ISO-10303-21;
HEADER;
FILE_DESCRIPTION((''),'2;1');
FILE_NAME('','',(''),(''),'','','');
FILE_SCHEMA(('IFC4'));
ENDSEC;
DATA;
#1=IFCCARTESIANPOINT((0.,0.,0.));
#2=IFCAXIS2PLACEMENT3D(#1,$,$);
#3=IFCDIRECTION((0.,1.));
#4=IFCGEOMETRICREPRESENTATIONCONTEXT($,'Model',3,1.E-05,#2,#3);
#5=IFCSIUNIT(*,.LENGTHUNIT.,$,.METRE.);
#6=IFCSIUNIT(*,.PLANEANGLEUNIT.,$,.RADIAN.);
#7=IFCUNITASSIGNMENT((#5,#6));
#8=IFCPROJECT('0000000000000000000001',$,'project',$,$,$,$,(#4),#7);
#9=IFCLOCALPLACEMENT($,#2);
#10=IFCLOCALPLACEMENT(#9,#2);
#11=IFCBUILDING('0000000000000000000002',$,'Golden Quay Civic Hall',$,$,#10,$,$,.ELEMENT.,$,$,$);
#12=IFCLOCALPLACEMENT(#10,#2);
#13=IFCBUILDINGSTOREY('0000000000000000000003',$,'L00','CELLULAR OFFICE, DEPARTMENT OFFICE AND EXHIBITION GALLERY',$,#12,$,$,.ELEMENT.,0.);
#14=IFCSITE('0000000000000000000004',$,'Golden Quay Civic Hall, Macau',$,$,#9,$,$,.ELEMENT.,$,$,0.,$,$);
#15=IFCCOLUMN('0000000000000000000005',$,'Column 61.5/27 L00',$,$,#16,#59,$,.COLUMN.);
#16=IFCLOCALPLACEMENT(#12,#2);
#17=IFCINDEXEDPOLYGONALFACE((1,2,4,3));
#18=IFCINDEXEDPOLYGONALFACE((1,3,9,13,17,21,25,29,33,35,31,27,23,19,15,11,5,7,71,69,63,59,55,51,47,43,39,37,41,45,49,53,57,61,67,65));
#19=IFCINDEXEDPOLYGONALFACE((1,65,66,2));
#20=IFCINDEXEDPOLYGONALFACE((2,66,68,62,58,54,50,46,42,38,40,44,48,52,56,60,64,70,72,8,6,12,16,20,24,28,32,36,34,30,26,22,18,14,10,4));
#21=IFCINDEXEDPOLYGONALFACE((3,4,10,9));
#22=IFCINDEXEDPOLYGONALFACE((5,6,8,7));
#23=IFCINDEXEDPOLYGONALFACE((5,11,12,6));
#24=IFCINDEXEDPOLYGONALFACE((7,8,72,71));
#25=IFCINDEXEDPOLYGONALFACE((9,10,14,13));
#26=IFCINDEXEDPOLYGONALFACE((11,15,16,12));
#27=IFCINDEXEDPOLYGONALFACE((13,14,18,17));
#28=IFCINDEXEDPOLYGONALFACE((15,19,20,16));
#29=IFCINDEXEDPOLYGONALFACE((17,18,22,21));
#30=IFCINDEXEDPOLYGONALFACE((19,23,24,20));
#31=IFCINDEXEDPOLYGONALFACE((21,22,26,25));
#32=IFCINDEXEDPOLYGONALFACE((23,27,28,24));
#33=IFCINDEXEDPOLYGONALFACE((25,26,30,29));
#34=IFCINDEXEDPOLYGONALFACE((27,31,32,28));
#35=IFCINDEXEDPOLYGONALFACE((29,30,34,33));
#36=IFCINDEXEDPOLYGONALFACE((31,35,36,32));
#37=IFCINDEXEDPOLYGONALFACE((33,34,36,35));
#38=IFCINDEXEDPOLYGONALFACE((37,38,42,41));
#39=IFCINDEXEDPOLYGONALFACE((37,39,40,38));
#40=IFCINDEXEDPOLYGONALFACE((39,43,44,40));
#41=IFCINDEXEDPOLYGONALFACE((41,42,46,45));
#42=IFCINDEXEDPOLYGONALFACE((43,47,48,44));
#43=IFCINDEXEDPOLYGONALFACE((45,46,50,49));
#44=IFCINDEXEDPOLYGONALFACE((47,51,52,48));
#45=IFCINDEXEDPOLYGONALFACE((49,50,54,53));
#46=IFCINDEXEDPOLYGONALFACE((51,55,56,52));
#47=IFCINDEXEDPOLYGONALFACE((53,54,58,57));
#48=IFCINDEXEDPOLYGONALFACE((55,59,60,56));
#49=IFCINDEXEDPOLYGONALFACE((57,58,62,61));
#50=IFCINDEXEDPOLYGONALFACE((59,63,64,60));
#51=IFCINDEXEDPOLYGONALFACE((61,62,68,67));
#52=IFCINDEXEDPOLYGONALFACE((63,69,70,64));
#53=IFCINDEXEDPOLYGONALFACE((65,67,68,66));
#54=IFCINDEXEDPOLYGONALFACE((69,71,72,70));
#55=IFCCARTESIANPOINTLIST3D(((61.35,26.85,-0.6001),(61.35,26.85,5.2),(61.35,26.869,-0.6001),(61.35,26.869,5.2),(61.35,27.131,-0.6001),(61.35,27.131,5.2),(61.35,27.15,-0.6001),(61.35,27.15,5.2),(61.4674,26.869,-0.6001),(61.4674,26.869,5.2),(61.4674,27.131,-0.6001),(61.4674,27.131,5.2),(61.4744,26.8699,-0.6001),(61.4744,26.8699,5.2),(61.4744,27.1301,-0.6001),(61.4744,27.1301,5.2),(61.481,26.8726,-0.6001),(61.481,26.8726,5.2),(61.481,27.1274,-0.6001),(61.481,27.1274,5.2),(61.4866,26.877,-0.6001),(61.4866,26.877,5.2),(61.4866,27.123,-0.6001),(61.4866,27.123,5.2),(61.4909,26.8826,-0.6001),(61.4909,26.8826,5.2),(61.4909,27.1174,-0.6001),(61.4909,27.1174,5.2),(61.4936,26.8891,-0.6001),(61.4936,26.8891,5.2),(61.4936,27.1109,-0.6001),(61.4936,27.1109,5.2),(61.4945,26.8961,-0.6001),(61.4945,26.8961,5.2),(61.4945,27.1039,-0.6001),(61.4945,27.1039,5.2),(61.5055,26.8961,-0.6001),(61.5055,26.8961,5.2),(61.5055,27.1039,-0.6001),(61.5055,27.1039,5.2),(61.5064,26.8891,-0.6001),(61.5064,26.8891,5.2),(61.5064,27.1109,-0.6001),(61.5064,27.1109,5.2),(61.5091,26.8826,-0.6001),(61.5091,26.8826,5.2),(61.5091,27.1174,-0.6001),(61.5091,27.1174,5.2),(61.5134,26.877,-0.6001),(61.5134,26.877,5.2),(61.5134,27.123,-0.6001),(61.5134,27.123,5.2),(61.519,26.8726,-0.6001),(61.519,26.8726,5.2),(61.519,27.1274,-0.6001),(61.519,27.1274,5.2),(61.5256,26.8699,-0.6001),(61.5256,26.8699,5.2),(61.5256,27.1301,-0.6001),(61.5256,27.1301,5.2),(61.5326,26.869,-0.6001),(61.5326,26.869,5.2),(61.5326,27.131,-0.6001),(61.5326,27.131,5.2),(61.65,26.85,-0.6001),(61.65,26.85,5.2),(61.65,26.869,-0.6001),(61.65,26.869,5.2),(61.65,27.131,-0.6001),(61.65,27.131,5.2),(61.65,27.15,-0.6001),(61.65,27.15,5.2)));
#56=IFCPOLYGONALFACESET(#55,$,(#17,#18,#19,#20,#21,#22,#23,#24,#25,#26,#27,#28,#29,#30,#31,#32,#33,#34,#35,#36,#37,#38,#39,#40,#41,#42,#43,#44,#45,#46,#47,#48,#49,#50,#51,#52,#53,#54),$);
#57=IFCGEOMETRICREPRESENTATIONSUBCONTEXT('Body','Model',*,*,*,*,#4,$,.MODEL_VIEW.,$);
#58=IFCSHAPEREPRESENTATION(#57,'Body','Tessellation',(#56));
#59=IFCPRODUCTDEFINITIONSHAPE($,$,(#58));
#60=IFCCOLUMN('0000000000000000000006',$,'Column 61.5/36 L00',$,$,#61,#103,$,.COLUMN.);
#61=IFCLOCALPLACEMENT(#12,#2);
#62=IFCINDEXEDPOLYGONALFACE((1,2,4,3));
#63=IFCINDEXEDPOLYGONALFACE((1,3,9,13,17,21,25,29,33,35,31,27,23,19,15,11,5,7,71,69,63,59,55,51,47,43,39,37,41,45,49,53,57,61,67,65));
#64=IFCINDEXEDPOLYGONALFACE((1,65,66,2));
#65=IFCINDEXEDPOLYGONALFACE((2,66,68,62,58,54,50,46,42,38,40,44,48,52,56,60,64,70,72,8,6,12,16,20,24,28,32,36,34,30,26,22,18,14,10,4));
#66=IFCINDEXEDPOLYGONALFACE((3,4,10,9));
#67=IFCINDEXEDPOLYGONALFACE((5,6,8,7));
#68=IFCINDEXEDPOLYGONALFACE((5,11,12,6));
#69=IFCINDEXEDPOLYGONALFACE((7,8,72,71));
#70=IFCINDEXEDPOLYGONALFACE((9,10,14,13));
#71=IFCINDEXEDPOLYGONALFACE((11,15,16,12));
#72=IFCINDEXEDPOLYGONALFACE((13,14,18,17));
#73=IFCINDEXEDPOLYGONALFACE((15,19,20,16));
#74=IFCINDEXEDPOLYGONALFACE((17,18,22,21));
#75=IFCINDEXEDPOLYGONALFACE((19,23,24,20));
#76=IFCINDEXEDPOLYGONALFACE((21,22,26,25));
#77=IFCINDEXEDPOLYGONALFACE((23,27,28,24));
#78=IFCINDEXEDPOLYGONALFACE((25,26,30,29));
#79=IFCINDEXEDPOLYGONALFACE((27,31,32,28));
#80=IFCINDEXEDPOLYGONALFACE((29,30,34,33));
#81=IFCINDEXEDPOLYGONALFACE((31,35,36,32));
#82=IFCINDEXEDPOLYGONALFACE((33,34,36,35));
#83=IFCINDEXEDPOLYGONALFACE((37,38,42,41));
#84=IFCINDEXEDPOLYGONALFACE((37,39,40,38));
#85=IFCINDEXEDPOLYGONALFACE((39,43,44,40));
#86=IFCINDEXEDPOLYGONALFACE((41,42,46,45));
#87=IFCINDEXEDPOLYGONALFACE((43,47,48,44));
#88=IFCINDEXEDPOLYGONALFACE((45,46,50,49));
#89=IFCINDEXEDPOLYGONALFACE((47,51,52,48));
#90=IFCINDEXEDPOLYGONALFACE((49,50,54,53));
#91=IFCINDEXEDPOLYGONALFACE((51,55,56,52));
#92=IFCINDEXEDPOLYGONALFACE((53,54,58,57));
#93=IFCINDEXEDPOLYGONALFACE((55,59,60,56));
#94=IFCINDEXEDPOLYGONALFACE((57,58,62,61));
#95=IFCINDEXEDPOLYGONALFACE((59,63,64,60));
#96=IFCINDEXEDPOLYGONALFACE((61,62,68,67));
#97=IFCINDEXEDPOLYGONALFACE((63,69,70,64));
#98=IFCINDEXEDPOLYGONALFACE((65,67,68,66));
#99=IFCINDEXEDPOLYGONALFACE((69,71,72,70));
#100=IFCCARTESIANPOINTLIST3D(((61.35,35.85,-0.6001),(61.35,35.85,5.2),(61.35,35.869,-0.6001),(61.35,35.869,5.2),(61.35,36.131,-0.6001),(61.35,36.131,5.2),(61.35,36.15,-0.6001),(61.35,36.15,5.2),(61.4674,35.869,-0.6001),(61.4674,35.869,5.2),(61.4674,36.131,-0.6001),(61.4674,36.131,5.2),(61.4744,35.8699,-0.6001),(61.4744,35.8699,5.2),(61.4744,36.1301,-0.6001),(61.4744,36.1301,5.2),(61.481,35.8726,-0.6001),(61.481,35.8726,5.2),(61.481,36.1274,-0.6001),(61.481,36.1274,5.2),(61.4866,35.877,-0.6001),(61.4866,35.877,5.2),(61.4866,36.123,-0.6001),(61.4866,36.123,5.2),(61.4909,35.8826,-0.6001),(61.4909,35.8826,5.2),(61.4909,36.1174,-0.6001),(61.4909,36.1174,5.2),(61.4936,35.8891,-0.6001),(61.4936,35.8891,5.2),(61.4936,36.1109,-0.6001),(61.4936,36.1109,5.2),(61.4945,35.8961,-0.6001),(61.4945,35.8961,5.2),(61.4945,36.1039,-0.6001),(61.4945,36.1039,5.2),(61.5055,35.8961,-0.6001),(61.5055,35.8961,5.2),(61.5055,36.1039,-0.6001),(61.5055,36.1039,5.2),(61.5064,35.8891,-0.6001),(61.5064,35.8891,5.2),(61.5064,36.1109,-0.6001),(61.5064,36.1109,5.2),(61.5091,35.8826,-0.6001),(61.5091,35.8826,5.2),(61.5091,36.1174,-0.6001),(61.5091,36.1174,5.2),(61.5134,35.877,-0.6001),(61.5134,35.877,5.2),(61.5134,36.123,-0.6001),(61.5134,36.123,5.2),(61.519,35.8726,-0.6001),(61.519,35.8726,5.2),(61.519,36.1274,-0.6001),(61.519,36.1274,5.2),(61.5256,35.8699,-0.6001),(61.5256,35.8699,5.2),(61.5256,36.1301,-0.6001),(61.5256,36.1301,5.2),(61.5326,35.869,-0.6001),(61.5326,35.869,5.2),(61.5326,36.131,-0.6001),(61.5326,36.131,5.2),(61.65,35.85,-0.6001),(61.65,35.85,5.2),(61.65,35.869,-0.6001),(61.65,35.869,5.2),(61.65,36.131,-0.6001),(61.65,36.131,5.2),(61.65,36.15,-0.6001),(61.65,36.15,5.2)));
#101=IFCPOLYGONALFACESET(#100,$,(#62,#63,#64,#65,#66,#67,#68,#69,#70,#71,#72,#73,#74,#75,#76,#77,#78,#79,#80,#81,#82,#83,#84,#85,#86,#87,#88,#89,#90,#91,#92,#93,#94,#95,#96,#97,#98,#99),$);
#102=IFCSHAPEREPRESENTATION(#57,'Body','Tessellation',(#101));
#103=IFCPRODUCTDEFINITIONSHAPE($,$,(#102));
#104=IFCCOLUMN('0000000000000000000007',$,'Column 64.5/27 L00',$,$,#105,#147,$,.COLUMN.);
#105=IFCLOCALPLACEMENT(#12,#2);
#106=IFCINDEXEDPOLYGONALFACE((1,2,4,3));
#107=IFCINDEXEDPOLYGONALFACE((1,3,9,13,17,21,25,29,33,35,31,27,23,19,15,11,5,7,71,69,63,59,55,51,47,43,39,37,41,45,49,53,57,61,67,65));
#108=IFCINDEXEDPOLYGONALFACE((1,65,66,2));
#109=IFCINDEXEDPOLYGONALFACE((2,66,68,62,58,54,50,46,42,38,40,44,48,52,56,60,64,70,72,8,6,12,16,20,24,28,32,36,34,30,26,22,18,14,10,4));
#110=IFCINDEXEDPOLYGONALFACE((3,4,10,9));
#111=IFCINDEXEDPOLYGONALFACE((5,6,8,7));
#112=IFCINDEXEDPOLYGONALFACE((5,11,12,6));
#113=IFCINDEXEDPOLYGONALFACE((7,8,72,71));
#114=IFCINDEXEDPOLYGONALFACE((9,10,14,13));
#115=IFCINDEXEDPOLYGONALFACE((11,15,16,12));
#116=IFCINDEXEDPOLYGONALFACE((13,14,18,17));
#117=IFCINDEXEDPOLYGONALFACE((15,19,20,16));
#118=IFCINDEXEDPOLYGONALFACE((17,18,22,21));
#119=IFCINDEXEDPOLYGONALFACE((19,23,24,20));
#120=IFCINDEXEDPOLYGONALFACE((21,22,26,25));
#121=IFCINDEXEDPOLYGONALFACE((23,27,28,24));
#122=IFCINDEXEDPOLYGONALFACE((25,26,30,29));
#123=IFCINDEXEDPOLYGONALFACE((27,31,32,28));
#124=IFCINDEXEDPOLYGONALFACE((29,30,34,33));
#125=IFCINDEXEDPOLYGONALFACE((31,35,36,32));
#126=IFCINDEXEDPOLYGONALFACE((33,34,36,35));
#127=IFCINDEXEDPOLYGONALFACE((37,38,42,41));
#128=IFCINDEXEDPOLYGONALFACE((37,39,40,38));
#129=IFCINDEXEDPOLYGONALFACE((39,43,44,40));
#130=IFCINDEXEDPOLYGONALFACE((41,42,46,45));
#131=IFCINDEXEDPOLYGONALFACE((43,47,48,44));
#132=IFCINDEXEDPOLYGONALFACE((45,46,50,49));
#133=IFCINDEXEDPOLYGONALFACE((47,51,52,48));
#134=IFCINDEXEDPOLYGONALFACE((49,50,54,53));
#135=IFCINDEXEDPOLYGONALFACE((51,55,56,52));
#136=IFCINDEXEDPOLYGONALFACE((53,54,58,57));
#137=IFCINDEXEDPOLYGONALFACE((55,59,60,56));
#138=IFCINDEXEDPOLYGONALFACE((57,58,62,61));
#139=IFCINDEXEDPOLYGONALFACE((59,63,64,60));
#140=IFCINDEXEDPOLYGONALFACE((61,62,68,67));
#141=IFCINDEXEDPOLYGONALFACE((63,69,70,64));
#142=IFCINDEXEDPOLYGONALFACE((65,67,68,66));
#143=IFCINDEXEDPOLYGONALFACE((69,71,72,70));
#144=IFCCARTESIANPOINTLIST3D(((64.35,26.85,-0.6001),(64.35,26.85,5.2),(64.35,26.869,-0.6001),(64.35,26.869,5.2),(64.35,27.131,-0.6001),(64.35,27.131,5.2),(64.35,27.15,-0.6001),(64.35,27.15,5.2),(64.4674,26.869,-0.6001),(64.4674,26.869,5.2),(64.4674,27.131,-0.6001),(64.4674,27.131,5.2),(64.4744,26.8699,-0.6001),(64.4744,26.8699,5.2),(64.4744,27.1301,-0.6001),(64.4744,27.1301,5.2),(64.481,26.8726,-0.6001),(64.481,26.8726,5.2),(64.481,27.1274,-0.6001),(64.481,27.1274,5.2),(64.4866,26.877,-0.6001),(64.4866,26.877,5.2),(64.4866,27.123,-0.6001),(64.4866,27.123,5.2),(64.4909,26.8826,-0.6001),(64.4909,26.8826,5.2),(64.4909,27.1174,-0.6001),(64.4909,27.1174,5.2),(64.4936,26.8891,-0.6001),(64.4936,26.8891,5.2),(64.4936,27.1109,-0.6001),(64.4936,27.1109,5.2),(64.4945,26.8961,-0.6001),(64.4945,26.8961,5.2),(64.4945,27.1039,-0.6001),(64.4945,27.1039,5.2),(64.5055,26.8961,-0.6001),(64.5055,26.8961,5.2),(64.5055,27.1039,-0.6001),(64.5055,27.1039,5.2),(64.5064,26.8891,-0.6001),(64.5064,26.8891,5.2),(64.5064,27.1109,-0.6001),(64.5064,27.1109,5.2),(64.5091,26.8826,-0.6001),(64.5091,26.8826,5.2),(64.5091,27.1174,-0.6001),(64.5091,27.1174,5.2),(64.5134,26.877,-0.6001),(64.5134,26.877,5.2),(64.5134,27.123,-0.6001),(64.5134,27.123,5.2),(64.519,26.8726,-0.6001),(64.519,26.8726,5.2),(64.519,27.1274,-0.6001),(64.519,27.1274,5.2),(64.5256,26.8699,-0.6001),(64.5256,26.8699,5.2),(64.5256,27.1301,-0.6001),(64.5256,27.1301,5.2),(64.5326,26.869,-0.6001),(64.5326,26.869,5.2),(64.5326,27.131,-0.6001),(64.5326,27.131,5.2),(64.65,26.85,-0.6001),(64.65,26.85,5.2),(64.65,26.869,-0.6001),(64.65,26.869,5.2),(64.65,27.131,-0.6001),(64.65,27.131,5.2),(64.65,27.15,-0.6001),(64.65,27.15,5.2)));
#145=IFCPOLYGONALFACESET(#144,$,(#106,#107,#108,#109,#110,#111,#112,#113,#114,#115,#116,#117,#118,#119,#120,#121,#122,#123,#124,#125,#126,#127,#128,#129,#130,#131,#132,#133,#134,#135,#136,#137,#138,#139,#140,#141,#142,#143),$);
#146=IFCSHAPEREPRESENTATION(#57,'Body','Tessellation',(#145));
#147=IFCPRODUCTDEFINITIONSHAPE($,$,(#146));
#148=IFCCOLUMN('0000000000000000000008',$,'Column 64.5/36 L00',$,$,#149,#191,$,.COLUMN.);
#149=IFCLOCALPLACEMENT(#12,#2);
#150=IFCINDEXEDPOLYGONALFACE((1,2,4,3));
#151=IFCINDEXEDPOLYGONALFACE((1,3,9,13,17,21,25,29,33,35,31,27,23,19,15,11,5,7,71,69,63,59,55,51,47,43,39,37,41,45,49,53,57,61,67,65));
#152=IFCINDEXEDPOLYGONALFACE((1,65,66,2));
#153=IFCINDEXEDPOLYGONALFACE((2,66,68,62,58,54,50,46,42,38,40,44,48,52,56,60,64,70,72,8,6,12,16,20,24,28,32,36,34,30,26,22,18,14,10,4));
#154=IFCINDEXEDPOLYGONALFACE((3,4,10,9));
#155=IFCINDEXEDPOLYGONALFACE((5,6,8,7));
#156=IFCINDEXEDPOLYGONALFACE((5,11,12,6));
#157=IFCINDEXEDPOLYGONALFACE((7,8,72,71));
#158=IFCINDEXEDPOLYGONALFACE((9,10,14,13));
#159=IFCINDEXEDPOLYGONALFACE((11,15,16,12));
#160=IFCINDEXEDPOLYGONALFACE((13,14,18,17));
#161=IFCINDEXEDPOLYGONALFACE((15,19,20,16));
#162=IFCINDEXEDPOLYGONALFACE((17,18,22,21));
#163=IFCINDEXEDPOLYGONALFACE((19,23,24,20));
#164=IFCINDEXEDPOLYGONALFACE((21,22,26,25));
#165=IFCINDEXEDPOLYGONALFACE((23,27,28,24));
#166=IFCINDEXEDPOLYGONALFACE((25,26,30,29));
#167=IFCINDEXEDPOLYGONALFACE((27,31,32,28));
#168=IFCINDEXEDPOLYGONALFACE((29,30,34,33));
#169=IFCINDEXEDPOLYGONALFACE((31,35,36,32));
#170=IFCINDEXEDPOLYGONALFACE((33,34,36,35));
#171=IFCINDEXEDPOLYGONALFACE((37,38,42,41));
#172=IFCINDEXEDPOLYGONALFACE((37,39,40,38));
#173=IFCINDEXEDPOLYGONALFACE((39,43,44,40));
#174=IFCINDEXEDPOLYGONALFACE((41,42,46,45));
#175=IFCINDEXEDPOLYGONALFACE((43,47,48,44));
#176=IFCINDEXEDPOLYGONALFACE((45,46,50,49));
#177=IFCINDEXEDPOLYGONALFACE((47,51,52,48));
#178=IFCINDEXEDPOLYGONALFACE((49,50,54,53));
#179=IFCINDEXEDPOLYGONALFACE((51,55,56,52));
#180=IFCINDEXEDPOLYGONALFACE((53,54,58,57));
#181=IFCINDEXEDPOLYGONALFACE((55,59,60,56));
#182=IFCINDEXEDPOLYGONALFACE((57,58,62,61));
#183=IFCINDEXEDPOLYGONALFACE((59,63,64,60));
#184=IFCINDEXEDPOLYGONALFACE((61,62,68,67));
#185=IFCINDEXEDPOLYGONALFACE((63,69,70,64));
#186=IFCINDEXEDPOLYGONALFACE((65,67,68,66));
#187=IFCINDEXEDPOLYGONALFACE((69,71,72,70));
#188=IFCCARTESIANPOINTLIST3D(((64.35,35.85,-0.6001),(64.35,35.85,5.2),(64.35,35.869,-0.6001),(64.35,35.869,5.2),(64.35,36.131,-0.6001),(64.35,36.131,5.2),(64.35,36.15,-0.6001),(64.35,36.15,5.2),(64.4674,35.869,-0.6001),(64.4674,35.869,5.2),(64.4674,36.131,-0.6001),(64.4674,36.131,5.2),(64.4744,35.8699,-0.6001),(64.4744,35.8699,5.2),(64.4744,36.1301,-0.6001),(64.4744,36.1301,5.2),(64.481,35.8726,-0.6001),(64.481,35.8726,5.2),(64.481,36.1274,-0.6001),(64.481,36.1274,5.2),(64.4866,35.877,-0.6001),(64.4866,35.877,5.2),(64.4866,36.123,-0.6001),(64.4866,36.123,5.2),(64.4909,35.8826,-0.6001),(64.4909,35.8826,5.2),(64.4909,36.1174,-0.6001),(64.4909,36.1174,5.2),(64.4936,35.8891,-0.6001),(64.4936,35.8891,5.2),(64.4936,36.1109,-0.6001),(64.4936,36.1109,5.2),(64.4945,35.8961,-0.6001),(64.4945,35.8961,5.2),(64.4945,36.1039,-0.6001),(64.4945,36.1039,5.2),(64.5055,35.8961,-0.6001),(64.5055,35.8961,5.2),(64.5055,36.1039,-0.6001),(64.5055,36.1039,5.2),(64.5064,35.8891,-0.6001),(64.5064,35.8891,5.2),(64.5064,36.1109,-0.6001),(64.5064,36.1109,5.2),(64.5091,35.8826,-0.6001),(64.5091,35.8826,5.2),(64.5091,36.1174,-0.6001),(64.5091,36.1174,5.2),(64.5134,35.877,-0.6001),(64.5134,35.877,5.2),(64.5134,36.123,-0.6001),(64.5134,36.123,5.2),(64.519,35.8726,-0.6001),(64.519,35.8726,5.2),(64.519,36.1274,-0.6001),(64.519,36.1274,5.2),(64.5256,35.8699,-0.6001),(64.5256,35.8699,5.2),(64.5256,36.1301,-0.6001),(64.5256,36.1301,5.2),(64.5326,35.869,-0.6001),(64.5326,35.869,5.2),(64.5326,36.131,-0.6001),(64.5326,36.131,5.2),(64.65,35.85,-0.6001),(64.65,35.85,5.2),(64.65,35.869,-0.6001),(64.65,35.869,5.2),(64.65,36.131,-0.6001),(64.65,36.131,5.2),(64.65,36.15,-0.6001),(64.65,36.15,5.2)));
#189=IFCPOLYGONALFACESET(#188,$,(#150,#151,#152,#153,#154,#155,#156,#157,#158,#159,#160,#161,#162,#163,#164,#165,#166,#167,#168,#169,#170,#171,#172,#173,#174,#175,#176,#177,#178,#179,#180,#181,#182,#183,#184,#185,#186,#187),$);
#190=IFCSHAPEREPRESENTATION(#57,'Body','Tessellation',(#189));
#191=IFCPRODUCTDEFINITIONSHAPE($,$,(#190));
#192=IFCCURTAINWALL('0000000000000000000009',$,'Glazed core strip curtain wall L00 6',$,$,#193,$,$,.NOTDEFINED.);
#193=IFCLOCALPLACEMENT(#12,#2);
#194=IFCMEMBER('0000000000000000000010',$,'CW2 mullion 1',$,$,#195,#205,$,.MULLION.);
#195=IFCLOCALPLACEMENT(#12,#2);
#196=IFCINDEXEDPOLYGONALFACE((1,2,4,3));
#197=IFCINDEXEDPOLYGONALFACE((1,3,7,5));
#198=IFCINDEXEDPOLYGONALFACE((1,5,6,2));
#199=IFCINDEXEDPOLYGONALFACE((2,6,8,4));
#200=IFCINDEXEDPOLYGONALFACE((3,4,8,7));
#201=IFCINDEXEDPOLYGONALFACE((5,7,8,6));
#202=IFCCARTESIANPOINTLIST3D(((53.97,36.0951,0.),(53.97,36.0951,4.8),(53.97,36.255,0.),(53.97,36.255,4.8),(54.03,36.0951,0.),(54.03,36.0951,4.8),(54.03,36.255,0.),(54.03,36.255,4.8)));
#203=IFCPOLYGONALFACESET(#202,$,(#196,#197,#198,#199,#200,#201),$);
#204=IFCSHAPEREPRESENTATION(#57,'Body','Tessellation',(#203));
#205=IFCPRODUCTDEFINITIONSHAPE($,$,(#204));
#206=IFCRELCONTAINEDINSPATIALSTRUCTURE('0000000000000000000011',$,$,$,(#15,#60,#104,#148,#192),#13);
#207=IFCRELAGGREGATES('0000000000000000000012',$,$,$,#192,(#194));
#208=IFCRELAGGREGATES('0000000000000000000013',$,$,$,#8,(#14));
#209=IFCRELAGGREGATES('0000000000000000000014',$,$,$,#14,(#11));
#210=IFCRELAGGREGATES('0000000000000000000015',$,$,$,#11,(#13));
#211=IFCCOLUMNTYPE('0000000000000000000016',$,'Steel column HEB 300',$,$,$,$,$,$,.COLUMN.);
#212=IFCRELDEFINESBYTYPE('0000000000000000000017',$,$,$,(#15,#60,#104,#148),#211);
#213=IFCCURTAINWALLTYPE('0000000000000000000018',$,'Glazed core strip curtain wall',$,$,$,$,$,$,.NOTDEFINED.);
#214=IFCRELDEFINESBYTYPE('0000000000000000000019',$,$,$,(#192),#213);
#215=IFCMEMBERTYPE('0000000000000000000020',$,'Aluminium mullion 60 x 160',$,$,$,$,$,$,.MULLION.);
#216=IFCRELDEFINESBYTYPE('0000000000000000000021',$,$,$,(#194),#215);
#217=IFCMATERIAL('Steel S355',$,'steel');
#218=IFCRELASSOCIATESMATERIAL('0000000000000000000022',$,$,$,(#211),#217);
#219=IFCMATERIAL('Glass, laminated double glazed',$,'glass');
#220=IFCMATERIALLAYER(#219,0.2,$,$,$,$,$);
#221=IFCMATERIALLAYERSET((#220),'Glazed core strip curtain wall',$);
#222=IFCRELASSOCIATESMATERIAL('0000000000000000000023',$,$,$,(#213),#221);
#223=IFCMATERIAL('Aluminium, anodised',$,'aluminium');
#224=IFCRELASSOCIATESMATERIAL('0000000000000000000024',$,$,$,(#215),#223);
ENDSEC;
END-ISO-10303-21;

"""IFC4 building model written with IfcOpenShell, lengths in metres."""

from ifc_helpers import new_model, si_unit, direction, frame, origin, origin_2d, place, context, subcontext, project, spatial, rectangle, i_section, extrude, material, layer, layer_set, material_profile, profile_set, type_object, element, aggregate, save


model = new_model("IFC4")

# Units and contexts
model_context = context("Model", 3, precision=1e-05, world=origin(), true_north=direction((0.0, 1.0)))
body_context = subcontext(model_context, "Body", "Model", "MODEL_VIEW")
ifc_project = project(units=[si_unit("LENGTHUNIT", "METRE"), si_unit("PLANEANGLEUNIT", "RADIAN")], contexts=[model_context])

# Site, building, storey
site_placement = place(None, origin())
site = spatial("IfcSite", under=ifc_project, at=site_placement, Name="Golden Quay Civic Hall, Macau", CompositionType="ELEMENT", RefElevation=0.0)
building_placement = place(site_placement, origin())
building = spatial("IfcBuilding", under=site, at=building_placement, Name="Golden Quay Civic Hall", CompositionType="ELEMENT")
storey_placement = place(building_placement, origin())
storey = spatial("IfcBuildingStorey", under=building, at=storey_placement, Name="L00", Description="CELLULAR OFFICE, DEPARTMENT OFFICE AND EXHIBITION GALLERY", CompositionType="ELEMENT", Elevation=0.0)

# Columns
ifc_material_1 = material(Name="Steel S355", Category="steel")
ifc_material_profile_1 = material_profile(ifc_material_1, i_section(OverallWidth=0.3, OverallDepth=0.3, WebThickness=0.011, FlangeThickness=0.019, FilletRadius=0.0271, at=origin_2d()), Name="HEB 300")
ifc_profile_set_1 = profile_set([ifc_material_profile_1], Name="Steel S355")
column_type_1 = type_object("IfcColumnType", Name="Steel column HEB 300", PredefinedType="COLUMN", material=ifc_profile_set_1)
for number, where, z_axis, x_axis, name in (
    (1, (61.5, 27.0, -0.6001), (0.0, 0.0, 1.0), (1.0, 0.0, 0.0), "Column 61.5/27 L00"),
    (2, (61.5, 36.0, -0.6001), (0.0, 0.0, 1.0), (1.0, 0.0, 0.0), "Column 61.5/36 L00"),
    (3, (64.5, 27.0, -0.6001), (0.0, 0.0, 1.0), (1.0, 0.0, 0.0), "Column 64.5/27 L00"),
    (4, (64.5, 36.0, -0.6001), (0.0, 0.0, 1.0), (1.0, 0.0, 0.0), "Column 64.5/36 L00"),
):
    element("IfcColumn", number, at=place(storey_placement, frame(where, z_axis=z_axis, x_axis=x_axis)), inside=storey, type_object=column_type_1, Name=name, PredefinedType="COLUMN", context=body_context, shape_type="SweptSolid", body=[
        extrude(i_section(OverallWidth=0.3, OverallDepth=0.3, WebThickness=0.011, FlangeThickness=0.019, FilletRadius=0.0271, at=origin_2d()), origin(), (0.0, 0.0, 1.0), 5.8),
    ])

# Curtain wall, member
ifc_material_2 = material(Name="Glass, laminated double glazed", Category="glass")
ifc_layer_1 = layer(ifc_material_2, 0.2)
ifc_layer_set_1 = layer_set([ifc_layer_1], Name="Glazed core strip curtain wall")
curtain_wall_type = type_object("IfcCurtainWallType", Name="Glazed core strip curtain wall", PredefinedType="NOTDEFINED", material=ifc_layer_set_1)
curtain_wall_placement = place(storey_placement, origin())
curtain_wall = element("IfcCurtainWall", 5, at=curtain_wall_placement, inside=storey, type_object=curtain_wall_type, Name="Glazed core strip curtain wall L00 6", PredefinedType="NOTDEFINED")
ifc_material_3 = material(Name="Aluminium, anodised", Category="aluminium")
ifc_material_profile_2 = material_profile(ifc_material_3, rectangle(XDim=0.0601, YDim=0.1599, at=origin_2d()), Name="Aluminium 60 x 160")
ifc_profile_set_2 = profile_set([ifc_material_profile_2], Name="Aluminium, anodised")
member_type_1 = type_object("IfcMemberType", Name="Aluminium mullion 60 x 160", PredefinedType="MULLION", material=ifc_profile_set_2)
member_1_placement = place(storey_placement, frame((54.0, 36.175, 0.0), z_axis=(0.0, 0.0, 1.0), x_axis=(-1.0, 0.0, 0.0)))
member_1 = element("IfcMember", 6, at=member_1_placement, type_object=member_type_1, Name="CW2 mullion 1", PredefinedType="MULLION", context=body_context, shape_type="SweptSolid", body=[
    extrude(rectangle(XDim=0.0601, YDim=0.1599, at=origin_2d()), origin(), (0.0, 0.0, 1.0), 4.8),
])
aggregate(curtain_wall, [member_1])

save(model, "model.ifc")
